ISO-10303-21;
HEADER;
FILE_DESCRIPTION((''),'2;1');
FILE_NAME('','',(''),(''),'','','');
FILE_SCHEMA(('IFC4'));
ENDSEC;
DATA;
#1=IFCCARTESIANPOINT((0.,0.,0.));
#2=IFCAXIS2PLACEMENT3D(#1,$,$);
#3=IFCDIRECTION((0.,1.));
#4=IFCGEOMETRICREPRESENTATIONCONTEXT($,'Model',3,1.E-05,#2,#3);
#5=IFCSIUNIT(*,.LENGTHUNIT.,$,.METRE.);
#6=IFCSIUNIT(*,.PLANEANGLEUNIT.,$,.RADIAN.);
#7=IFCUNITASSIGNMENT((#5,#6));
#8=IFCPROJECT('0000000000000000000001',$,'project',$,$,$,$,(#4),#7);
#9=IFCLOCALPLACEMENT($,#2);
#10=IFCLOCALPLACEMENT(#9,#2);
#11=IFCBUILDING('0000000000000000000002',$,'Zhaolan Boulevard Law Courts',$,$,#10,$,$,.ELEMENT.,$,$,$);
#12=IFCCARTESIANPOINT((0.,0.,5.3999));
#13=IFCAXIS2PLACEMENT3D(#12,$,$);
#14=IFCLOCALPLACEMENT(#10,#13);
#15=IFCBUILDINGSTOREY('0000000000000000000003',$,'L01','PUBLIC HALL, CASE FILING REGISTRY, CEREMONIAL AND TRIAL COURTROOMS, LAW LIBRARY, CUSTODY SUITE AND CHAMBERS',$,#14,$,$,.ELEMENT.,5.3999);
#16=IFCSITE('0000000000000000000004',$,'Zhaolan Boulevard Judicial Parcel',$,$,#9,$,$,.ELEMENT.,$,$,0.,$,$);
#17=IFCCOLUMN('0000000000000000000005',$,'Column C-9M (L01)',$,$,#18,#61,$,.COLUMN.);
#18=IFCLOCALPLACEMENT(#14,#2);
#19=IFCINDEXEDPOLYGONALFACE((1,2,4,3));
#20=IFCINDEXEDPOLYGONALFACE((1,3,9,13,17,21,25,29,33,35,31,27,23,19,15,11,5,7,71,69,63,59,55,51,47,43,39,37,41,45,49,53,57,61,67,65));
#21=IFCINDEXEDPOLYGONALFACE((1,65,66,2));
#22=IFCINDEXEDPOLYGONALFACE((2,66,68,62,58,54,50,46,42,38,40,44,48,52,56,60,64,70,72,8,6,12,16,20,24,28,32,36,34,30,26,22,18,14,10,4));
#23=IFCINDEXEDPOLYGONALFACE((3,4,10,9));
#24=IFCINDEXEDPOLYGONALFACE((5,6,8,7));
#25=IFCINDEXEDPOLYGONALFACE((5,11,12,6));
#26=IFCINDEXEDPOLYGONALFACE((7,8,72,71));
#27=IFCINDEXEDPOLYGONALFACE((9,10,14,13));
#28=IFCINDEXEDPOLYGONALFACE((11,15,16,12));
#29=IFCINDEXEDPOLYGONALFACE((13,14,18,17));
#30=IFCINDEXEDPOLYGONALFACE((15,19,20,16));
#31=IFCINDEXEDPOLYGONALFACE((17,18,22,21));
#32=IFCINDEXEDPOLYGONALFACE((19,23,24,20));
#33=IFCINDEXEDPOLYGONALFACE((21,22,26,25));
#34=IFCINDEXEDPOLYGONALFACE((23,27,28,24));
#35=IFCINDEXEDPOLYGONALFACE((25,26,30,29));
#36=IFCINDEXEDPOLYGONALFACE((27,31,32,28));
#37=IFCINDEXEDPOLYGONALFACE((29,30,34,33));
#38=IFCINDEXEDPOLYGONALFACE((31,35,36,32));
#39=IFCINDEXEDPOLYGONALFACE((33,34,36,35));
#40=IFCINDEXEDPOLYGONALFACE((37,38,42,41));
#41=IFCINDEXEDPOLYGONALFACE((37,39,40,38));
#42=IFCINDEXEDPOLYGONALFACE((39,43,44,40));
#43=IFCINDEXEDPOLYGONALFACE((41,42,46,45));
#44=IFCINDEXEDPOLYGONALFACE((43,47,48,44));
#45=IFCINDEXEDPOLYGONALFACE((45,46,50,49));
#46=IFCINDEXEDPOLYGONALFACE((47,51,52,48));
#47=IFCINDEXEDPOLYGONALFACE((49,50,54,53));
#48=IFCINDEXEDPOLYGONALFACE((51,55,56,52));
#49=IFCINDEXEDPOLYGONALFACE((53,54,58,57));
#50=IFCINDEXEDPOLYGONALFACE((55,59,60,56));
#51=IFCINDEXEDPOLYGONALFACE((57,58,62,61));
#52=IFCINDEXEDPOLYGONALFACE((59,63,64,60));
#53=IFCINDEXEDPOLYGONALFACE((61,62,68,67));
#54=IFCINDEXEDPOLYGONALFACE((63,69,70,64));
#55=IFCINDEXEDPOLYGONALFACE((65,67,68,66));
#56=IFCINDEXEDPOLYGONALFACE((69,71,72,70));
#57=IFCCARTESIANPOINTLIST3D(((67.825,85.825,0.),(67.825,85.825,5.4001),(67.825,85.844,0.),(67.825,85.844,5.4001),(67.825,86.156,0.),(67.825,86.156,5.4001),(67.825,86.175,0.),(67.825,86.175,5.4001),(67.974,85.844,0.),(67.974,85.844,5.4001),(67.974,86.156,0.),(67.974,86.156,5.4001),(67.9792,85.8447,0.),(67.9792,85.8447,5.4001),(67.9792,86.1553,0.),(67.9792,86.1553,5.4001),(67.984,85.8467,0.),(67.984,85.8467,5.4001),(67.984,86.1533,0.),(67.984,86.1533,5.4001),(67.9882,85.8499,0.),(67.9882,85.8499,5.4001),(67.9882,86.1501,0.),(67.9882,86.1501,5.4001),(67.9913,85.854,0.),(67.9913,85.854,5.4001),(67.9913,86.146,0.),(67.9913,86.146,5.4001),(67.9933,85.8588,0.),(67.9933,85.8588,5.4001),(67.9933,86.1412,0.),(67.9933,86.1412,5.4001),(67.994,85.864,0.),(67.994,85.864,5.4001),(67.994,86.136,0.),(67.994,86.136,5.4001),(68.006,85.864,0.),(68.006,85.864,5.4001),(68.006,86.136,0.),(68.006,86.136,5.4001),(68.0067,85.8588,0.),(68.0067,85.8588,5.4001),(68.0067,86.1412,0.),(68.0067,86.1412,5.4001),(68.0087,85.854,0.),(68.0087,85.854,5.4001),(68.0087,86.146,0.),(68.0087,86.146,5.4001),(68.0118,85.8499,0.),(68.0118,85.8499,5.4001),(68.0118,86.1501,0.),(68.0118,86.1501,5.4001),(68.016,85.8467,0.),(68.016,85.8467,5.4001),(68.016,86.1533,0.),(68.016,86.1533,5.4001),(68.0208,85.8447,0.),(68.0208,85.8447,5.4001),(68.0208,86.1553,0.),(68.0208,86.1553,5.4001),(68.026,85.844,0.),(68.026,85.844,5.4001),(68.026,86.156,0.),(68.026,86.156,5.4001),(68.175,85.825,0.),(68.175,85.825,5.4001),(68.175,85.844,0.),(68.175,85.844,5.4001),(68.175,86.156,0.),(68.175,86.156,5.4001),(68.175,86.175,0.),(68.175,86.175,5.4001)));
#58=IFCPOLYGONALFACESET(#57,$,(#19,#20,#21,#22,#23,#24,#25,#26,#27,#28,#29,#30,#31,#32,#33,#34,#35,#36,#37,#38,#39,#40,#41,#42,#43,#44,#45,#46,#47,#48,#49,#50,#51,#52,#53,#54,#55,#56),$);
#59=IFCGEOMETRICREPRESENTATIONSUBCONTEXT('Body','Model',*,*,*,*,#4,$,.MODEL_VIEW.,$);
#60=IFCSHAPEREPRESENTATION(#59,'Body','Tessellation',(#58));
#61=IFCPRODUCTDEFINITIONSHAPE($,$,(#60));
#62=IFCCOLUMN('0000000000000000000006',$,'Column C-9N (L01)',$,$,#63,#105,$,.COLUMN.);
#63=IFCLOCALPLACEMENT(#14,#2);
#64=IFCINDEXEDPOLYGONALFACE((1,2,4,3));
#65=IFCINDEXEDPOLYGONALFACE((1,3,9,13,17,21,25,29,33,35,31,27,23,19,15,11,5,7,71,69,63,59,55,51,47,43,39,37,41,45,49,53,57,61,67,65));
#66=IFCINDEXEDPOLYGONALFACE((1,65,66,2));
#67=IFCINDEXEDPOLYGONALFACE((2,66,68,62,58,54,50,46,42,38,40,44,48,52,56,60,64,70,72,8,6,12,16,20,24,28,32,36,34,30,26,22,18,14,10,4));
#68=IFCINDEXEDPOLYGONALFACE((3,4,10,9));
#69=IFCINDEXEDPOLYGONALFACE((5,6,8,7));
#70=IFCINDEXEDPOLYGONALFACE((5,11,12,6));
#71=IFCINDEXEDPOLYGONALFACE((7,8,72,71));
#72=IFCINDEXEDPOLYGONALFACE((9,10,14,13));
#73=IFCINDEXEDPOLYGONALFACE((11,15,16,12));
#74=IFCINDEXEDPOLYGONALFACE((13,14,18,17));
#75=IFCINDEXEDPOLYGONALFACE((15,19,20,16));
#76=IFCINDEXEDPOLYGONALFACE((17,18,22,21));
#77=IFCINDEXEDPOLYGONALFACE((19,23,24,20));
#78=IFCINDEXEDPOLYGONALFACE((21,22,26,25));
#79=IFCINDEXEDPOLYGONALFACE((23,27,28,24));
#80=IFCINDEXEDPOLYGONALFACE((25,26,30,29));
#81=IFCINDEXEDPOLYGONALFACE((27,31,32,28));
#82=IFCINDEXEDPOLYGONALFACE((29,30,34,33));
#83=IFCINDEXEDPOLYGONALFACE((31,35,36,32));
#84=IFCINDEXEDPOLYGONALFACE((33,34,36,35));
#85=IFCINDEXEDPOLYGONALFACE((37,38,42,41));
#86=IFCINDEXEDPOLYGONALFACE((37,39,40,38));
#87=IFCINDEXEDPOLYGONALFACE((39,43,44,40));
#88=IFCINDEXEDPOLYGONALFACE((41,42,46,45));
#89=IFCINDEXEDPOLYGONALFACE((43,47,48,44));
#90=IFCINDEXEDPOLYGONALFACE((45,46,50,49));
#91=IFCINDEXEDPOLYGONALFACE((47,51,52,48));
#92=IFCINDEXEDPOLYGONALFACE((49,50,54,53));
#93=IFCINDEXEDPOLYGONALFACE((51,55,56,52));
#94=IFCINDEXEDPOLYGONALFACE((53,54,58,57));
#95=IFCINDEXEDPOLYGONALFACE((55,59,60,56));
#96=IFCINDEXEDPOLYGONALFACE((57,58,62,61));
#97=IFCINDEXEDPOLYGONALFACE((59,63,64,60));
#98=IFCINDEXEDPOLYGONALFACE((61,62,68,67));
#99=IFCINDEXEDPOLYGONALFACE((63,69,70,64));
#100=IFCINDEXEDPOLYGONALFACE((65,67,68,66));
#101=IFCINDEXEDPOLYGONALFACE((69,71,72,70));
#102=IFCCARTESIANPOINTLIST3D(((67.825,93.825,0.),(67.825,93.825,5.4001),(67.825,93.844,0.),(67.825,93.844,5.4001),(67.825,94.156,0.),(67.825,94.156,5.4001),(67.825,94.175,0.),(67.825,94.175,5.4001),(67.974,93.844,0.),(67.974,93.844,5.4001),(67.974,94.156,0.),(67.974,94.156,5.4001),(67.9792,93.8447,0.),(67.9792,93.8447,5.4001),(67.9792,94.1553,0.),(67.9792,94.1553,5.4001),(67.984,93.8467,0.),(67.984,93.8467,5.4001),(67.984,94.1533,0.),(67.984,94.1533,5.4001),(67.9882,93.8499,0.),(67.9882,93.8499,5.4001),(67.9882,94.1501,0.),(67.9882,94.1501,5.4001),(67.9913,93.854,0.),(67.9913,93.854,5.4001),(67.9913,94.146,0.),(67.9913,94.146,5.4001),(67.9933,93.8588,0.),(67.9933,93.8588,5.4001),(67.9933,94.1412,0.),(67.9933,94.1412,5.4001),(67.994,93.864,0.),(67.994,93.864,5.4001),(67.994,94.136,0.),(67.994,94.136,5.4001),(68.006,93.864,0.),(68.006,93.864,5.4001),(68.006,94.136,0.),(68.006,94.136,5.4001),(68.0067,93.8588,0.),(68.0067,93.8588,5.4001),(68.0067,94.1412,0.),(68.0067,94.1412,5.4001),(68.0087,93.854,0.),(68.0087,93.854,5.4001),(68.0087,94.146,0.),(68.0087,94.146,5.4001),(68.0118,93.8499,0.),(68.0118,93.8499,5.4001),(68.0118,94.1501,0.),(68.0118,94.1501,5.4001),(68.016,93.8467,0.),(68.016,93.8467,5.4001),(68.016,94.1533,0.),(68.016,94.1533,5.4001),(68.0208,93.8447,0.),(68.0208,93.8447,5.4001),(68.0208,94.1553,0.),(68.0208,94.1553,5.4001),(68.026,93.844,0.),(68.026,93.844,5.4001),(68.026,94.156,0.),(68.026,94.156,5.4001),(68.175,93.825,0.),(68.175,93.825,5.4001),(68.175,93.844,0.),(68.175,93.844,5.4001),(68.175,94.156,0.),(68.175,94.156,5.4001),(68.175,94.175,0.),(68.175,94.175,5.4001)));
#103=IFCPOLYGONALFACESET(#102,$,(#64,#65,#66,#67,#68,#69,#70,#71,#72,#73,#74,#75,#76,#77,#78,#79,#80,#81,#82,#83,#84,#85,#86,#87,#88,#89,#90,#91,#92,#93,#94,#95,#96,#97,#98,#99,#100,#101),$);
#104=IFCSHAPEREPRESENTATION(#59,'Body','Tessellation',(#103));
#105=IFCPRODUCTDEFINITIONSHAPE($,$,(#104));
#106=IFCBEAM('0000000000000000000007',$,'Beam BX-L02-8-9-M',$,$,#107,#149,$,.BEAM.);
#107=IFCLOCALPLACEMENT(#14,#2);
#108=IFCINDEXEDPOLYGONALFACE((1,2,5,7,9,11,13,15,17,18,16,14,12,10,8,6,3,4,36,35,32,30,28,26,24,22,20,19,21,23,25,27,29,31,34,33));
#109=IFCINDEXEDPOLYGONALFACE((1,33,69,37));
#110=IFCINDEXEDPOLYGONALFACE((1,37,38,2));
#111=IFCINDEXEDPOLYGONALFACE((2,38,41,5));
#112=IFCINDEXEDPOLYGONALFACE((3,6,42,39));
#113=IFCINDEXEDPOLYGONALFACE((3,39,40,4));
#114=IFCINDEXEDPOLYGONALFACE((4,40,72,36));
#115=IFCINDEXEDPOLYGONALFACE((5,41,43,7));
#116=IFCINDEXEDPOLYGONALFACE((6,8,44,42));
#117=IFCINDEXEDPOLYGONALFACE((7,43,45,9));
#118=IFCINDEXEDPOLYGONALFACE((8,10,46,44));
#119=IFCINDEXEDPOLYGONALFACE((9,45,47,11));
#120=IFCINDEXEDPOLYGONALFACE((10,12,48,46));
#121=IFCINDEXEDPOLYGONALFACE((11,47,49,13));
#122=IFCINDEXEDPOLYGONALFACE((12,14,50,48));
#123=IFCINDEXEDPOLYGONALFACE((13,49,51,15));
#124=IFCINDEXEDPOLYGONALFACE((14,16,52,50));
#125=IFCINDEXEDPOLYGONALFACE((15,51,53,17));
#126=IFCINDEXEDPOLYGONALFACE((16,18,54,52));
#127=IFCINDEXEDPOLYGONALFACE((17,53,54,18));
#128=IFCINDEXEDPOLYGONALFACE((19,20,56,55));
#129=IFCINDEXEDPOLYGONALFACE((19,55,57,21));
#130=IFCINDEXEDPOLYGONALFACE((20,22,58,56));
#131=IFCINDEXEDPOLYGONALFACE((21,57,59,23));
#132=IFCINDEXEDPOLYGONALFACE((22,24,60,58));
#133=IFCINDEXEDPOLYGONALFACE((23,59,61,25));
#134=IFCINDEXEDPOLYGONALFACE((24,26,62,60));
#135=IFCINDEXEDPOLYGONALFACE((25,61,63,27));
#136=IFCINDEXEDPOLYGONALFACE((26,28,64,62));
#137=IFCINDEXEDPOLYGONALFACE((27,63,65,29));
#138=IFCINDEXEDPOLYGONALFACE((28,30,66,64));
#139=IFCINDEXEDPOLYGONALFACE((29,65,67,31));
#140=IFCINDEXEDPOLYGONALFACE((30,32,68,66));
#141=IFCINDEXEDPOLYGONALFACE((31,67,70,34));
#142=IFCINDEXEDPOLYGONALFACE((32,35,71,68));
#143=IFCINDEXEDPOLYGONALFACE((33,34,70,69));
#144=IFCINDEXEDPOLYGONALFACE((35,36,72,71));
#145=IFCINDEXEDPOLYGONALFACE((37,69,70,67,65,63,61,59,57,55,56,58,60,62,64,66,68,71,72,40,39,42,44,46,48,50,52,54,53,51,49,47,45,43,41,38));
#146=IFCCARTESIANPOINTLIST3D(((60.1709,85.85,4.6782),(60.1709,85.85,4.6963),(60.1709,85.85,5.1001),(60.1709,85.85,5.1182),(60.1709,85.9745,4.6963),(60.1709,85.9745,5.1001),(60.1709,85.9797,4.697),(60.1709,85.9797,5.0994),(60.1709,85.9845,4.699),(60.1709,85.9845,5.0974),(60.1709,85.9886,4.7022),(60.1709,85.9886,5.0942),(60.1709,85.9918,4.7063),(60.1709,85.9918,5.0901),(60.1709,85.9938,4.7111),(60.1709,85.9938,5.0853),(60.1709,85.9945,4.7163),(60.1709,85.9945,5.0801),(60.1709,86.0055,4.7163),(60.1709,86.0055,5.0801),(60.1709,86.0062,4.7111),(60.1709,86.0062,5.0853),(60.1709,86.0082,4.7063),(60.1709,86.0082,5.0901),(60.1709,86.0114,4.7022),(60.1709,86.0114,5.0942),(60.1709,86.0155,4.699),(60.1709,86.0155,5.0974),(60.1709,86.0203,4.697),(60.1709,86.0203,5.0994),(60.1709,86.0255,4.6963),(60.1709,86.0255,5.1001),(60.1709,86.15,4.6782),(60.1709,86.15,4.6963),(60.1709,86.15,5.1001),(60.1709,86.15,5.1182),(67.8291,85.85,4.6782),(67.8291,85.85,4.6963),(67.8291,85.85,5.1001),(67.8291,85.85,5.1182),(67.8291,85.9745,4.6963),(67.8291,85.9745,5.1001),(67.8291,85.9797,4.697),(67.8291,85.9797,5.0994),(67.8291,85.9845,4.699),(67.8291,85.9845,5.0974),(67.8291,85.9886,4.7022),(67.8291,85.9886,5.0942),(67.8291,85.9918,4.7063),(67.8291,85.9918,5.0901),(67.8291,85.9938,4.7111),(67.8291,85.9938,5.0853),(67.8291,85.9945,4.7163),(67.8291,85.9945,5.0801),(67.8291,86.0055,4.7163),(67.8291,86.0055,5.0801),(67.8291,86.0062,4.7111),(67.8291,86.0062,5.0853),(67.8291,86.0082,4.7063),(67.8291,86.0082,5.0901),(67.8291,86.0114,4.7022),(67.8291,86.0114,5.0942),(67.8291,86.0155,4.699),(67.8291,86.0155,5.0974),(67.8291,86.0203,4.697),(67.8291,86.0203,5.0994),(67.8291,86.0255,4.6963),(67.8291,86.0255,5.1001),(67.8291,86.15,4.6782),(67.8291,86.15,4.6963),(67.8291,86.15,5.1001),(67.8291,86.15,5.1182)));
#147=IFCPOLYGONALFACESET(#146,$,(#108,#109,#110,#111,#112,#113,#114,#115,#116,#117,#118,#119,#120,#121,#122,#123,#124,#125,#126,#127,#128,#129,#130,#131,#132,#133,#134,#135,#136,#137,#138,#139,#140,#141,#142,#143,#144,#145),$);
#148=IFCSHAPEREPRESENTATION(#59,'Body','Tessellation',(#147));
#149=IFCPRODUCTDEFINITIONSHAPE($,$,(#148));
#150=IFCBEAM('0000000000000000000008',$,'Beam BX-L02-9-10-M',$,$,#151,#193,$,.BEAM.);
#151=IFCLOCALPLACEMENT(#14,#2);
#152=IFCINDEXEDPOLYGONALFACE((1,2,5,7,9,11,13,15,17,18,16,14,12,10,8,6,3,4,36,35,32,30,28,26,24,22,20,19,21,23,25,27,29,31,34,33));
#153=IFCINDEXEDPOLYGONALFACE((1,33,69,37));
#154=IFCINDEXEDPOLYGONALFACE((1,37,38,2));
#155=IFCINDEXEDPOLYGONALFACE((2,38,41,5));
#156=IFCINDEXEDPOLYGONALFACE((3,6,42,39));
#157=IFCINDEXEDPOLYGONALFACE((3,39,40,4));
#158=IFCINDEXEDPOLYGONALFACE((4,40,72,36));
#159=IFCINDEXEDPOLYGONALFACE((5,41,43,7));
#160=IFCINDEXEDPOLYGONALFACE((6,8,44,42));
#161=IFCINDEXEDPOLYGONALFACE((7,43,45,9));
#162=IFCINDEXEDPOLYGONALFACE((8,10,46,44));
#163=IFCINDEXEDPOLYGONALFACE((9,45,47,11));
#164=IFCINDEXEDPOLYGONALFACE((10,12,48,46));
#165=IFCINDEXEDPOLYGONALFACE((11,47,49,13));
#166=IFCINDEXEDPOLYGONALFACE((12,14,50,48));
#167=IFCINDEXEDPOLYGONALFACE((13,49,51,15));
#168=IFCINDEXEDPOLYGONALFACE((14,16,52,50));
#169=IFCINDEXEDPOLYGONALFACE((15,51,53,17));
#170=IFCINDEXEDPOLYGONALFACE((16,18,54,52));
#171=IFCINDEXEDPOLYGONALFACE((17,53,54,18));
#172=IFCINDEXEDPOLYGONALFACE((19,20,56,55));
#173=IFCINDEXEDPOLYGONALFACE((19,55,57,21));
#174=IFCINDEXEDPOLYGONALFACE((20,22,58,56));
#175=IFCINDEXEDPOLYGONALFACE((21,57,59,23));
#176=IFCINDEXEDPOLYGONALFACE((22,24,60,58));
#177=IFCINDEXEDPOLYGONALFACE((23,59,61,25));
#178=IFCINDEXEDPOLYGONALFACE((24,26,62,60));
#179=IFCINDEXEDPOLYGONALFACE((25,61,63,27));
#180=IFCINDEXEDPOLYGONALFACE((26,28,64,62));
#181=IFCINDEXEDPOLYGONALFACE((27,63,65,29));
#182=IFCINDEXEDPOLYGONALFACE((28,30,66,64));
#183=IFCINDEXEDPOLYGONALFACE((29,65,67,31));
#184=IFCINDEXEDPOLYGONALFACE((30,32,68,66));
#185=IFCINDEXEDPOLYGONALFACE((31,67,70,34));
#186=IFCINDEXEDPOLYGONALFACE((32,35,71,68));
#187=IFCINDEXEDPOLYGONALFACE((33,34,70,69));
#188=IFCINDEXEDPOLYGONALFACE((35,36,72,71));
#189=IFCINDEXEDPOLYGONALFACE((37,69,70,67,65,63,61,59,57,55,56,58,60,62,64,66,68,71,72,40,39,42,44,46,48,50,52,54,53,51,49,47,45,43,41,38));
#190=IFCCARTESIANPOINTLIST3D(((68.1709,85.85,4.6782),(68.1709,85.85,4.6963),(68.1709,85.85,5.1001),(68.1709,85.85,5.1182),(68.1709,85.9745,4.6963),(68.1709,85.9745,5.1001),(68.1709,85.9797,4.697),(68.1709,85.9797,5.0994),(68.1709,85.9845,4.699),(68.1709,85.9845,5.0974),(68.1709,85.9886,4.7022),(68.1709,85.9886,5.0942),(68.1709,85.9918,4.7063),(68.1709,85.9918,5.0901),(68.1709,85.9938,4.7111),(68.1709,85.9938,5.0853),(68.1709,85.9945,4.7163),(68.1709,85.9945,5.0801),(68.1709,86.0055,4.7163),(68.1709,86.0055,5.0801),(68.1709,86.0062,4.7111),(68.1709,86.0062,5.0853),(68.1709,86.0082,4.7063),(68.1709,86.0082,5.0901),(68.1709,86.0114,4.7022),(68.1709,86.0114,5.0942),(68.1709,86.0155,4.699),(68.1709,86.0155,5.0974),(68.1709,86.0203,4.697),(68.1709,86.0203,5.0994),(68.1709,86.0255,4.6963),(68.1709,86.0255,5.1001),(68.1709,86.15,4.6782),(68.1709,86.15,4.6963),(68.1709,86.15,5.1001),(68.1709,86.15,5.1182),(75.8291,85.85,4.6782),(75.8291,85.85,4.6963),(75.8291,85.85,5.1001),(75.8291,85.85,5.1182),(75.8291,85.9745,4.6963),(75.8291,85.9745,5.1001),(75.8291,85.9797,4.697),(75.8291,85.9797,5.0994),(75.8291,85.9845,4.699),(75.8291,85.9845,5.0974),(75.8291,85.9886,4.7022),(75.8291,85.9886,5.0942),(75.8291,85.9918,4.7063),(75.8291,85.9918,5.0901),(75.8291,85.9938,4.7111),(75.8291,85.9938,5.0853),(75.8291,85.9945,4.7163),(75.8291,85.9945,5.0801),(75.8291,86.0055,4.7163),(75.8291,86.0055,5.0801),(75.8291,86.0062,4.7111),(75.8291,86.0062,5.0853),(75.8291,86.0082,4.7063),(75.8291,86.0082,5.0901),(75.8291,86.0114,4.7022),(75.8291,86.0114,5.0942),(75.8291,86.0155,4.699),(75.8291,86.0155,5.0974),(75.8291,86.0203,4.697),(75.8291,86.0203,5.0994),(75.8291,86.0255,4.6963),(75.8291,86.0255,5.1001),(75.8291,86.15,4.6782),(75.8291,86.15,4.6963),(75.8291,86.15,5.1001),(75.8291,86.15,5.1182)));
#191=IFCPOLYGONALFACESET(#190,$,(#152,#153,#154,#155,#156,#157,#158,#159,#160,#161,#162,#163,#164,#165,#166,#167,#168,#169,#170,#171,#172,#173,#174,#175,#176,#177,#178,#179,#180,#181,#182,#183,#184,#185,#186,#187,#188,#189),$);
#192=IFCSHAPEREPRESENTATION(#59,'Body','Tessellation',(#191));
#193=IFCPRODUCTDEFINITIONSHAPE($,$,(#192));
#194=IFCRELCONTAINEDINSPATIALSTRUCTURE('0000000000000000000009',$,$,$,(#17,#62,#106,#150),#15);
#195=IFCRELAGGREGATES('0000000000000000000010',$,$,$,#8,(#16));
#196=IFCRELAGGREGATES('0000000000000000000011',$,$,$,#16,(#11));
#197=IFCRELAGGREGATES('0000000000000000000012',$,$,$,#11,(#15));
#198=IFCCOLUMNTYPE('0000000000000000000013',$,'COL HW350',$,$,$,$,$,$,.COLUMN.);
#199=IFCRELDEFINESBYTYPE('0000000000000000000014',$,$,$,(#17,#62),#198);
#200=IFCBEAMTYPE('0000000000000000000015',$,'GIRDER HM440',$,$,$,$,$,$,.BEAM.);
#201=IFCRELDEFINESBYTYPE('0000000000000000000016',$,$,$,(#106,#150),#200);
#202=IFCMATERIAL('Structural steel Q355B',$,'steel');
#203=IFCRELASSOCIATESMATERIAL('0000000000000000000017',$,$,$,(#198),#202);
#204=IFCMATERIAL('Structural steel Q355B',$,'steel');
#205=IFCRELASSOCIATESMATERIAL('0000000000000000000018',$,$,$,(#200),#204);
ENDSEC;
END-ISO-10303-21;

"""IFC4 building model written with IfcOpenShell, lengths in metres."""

from ifc_helpers import new_model, si_unit, direction, frame, origin, origin_2d, place, context, subcontext, project, spatial, i_section, extrude, material, material_profile, profile_set, type_object, element, save


model = new_model("IFC4")

# Units and contexts
model_context = context("Model", 3, precision=1e-05, world=origin(), true_north=direction((0.0, 1.0)))
body_context = subcontext(model_context, "Body", "Model", "MODEL_VIEW")
ifc_project = project(units=[si_unit("LENGTHUNIT", "METRE"), si_unit("PLANEANGLEUNIT", "RADIAN")], contexts=[model_context])

# Site, building, storey
site_placement = place(None, origin())
site = spatial("IfcSite", under=ifc_project, at=site_placement, Name="Zhaolan Boulevard Judicial Parcel", CompositionType="ELEMENT", RefElevation=0.0)
building_placement = place(site_placement, origin())
building = spatial("IfcBuilding", under=site, at=building_placement, Name="Zhaolan Boulevard Law Courts", CompositionType="ELEMENT")
storey_placement = place(building_placement, frame((0.0, 0.0, 5.3999)))
storey = spatial("IfcBuildingStorey", under=building, at=storey_placement, Name="L01", Description="PUBLIC HALL, CASE FILING REGISTRY, CEREMONIAL AND TRIAL COURTROOMS, LAW LIBRARY, CUSTODY SUITE AND CHAMBERS", CompositionType="ELEMENT", Elevation=5.3999)

# Columns
ifc_material_1 = material(Name="Structural steel Q355B", Category="steel")
ifc_material_profile_1 = material_profile(ifc_material_1, i_section(OverallWidth=0.3501, OverallDepth=0.3501, WebThickness=0.012, FlangeThickness=0.019, FilletRadius=0.02, at=origin_2d()), Name="HW350x350")
ifc_profile_set_1 = profile_set([ifc_material_profile_1], Name="Structural steel Q355B")
column_type = type_object("IfcColumnType", Name="COL HW350", PredefinedType="COLUMN", material=ifc_profile_set_1)
for number, where, z_axis, x_axis, name in (
    (1, (68.0, 86.0, 0.0), (0.0, 0.0, 1.0), (1.0, 0.0, 0.0), "Column C-9M (L01)"),
    (2, (68.0, 94.0, 0.0), (0.0, 0.0, 1.0), (1.0, 0.0, 0.0), "Column C-9N (L01)"),
):
    element("IfcColumn", number, at=place(storey_placement, frame(where, z_axis=z_axis, x_axis=x_axis)), inside=storey, type_object=column_type, Name=name, PredefinedType="COLUMN", context=body_context, shape_type="SweptSolid", body=[
        extrude(i_section(OverallWidth=0.3501, OverallDepth=0.3501, WebThickness=0.012, FlangeThickness=0.019, FilletRadius=0.02, at=origin_2d()), origin(), (0.0, 0.0, 1.0), 5.4001),
    ])

# Beams
ifc_material_2 = material(Name="Structural steel Q355B", Category="steel")
ifc_material_profile_2 = material_profile(ifc_material_2, i_section(OverallWidth=0.3, OverallDepth=0.4399, WebThickness=0.011, FlangeThickness=0.0181, FilletRadius=0.02, at=origin_2d()), Name="HM440x300")
ifc_profile_set_2 = profile_set([ifc_material_profile_2], Name="Structural steel Q355B")
beam_type_1 = type_object("IfcBeamType", Name="GIRDER HM440", PredefinedType="BEAM", material=ifc_profile_set_2)
for number, where, z_axis, x_axis, name in (
    (3, (60.1709, 86.0, 4.8982), (1.0, 0.0, 0.0), (0.0, 1.0, 0.0), "Beam BX-L02-8-9-M"),
    (4, (68.1709, 86.0, 4.8982), (1.0, 0.0, 0.0), (0.0, 1.0, 0.0), "Beam BX-L02-9-10-M"),
):
    element("IfcBeam", number, at=place(storey_placement, frame(where, z_axis=z_axis, x_axis=x_axis)), inside=storey, type_object=beam_type_1, Name=name, PredefinedType="BEAM", context=body_context, shape_type="SweptSolid", body=[
        extrude(i_section(OverallWidth=0.3, OverallDepth=0.4399, WebThickness=0.011, FlangeThickness=0.0181, FilletRadius=0.02, at=origin_2d()), origin(), (0.0, 0.0, 1.0), 7.6582),
    ])

save(model, "model.ifc")
